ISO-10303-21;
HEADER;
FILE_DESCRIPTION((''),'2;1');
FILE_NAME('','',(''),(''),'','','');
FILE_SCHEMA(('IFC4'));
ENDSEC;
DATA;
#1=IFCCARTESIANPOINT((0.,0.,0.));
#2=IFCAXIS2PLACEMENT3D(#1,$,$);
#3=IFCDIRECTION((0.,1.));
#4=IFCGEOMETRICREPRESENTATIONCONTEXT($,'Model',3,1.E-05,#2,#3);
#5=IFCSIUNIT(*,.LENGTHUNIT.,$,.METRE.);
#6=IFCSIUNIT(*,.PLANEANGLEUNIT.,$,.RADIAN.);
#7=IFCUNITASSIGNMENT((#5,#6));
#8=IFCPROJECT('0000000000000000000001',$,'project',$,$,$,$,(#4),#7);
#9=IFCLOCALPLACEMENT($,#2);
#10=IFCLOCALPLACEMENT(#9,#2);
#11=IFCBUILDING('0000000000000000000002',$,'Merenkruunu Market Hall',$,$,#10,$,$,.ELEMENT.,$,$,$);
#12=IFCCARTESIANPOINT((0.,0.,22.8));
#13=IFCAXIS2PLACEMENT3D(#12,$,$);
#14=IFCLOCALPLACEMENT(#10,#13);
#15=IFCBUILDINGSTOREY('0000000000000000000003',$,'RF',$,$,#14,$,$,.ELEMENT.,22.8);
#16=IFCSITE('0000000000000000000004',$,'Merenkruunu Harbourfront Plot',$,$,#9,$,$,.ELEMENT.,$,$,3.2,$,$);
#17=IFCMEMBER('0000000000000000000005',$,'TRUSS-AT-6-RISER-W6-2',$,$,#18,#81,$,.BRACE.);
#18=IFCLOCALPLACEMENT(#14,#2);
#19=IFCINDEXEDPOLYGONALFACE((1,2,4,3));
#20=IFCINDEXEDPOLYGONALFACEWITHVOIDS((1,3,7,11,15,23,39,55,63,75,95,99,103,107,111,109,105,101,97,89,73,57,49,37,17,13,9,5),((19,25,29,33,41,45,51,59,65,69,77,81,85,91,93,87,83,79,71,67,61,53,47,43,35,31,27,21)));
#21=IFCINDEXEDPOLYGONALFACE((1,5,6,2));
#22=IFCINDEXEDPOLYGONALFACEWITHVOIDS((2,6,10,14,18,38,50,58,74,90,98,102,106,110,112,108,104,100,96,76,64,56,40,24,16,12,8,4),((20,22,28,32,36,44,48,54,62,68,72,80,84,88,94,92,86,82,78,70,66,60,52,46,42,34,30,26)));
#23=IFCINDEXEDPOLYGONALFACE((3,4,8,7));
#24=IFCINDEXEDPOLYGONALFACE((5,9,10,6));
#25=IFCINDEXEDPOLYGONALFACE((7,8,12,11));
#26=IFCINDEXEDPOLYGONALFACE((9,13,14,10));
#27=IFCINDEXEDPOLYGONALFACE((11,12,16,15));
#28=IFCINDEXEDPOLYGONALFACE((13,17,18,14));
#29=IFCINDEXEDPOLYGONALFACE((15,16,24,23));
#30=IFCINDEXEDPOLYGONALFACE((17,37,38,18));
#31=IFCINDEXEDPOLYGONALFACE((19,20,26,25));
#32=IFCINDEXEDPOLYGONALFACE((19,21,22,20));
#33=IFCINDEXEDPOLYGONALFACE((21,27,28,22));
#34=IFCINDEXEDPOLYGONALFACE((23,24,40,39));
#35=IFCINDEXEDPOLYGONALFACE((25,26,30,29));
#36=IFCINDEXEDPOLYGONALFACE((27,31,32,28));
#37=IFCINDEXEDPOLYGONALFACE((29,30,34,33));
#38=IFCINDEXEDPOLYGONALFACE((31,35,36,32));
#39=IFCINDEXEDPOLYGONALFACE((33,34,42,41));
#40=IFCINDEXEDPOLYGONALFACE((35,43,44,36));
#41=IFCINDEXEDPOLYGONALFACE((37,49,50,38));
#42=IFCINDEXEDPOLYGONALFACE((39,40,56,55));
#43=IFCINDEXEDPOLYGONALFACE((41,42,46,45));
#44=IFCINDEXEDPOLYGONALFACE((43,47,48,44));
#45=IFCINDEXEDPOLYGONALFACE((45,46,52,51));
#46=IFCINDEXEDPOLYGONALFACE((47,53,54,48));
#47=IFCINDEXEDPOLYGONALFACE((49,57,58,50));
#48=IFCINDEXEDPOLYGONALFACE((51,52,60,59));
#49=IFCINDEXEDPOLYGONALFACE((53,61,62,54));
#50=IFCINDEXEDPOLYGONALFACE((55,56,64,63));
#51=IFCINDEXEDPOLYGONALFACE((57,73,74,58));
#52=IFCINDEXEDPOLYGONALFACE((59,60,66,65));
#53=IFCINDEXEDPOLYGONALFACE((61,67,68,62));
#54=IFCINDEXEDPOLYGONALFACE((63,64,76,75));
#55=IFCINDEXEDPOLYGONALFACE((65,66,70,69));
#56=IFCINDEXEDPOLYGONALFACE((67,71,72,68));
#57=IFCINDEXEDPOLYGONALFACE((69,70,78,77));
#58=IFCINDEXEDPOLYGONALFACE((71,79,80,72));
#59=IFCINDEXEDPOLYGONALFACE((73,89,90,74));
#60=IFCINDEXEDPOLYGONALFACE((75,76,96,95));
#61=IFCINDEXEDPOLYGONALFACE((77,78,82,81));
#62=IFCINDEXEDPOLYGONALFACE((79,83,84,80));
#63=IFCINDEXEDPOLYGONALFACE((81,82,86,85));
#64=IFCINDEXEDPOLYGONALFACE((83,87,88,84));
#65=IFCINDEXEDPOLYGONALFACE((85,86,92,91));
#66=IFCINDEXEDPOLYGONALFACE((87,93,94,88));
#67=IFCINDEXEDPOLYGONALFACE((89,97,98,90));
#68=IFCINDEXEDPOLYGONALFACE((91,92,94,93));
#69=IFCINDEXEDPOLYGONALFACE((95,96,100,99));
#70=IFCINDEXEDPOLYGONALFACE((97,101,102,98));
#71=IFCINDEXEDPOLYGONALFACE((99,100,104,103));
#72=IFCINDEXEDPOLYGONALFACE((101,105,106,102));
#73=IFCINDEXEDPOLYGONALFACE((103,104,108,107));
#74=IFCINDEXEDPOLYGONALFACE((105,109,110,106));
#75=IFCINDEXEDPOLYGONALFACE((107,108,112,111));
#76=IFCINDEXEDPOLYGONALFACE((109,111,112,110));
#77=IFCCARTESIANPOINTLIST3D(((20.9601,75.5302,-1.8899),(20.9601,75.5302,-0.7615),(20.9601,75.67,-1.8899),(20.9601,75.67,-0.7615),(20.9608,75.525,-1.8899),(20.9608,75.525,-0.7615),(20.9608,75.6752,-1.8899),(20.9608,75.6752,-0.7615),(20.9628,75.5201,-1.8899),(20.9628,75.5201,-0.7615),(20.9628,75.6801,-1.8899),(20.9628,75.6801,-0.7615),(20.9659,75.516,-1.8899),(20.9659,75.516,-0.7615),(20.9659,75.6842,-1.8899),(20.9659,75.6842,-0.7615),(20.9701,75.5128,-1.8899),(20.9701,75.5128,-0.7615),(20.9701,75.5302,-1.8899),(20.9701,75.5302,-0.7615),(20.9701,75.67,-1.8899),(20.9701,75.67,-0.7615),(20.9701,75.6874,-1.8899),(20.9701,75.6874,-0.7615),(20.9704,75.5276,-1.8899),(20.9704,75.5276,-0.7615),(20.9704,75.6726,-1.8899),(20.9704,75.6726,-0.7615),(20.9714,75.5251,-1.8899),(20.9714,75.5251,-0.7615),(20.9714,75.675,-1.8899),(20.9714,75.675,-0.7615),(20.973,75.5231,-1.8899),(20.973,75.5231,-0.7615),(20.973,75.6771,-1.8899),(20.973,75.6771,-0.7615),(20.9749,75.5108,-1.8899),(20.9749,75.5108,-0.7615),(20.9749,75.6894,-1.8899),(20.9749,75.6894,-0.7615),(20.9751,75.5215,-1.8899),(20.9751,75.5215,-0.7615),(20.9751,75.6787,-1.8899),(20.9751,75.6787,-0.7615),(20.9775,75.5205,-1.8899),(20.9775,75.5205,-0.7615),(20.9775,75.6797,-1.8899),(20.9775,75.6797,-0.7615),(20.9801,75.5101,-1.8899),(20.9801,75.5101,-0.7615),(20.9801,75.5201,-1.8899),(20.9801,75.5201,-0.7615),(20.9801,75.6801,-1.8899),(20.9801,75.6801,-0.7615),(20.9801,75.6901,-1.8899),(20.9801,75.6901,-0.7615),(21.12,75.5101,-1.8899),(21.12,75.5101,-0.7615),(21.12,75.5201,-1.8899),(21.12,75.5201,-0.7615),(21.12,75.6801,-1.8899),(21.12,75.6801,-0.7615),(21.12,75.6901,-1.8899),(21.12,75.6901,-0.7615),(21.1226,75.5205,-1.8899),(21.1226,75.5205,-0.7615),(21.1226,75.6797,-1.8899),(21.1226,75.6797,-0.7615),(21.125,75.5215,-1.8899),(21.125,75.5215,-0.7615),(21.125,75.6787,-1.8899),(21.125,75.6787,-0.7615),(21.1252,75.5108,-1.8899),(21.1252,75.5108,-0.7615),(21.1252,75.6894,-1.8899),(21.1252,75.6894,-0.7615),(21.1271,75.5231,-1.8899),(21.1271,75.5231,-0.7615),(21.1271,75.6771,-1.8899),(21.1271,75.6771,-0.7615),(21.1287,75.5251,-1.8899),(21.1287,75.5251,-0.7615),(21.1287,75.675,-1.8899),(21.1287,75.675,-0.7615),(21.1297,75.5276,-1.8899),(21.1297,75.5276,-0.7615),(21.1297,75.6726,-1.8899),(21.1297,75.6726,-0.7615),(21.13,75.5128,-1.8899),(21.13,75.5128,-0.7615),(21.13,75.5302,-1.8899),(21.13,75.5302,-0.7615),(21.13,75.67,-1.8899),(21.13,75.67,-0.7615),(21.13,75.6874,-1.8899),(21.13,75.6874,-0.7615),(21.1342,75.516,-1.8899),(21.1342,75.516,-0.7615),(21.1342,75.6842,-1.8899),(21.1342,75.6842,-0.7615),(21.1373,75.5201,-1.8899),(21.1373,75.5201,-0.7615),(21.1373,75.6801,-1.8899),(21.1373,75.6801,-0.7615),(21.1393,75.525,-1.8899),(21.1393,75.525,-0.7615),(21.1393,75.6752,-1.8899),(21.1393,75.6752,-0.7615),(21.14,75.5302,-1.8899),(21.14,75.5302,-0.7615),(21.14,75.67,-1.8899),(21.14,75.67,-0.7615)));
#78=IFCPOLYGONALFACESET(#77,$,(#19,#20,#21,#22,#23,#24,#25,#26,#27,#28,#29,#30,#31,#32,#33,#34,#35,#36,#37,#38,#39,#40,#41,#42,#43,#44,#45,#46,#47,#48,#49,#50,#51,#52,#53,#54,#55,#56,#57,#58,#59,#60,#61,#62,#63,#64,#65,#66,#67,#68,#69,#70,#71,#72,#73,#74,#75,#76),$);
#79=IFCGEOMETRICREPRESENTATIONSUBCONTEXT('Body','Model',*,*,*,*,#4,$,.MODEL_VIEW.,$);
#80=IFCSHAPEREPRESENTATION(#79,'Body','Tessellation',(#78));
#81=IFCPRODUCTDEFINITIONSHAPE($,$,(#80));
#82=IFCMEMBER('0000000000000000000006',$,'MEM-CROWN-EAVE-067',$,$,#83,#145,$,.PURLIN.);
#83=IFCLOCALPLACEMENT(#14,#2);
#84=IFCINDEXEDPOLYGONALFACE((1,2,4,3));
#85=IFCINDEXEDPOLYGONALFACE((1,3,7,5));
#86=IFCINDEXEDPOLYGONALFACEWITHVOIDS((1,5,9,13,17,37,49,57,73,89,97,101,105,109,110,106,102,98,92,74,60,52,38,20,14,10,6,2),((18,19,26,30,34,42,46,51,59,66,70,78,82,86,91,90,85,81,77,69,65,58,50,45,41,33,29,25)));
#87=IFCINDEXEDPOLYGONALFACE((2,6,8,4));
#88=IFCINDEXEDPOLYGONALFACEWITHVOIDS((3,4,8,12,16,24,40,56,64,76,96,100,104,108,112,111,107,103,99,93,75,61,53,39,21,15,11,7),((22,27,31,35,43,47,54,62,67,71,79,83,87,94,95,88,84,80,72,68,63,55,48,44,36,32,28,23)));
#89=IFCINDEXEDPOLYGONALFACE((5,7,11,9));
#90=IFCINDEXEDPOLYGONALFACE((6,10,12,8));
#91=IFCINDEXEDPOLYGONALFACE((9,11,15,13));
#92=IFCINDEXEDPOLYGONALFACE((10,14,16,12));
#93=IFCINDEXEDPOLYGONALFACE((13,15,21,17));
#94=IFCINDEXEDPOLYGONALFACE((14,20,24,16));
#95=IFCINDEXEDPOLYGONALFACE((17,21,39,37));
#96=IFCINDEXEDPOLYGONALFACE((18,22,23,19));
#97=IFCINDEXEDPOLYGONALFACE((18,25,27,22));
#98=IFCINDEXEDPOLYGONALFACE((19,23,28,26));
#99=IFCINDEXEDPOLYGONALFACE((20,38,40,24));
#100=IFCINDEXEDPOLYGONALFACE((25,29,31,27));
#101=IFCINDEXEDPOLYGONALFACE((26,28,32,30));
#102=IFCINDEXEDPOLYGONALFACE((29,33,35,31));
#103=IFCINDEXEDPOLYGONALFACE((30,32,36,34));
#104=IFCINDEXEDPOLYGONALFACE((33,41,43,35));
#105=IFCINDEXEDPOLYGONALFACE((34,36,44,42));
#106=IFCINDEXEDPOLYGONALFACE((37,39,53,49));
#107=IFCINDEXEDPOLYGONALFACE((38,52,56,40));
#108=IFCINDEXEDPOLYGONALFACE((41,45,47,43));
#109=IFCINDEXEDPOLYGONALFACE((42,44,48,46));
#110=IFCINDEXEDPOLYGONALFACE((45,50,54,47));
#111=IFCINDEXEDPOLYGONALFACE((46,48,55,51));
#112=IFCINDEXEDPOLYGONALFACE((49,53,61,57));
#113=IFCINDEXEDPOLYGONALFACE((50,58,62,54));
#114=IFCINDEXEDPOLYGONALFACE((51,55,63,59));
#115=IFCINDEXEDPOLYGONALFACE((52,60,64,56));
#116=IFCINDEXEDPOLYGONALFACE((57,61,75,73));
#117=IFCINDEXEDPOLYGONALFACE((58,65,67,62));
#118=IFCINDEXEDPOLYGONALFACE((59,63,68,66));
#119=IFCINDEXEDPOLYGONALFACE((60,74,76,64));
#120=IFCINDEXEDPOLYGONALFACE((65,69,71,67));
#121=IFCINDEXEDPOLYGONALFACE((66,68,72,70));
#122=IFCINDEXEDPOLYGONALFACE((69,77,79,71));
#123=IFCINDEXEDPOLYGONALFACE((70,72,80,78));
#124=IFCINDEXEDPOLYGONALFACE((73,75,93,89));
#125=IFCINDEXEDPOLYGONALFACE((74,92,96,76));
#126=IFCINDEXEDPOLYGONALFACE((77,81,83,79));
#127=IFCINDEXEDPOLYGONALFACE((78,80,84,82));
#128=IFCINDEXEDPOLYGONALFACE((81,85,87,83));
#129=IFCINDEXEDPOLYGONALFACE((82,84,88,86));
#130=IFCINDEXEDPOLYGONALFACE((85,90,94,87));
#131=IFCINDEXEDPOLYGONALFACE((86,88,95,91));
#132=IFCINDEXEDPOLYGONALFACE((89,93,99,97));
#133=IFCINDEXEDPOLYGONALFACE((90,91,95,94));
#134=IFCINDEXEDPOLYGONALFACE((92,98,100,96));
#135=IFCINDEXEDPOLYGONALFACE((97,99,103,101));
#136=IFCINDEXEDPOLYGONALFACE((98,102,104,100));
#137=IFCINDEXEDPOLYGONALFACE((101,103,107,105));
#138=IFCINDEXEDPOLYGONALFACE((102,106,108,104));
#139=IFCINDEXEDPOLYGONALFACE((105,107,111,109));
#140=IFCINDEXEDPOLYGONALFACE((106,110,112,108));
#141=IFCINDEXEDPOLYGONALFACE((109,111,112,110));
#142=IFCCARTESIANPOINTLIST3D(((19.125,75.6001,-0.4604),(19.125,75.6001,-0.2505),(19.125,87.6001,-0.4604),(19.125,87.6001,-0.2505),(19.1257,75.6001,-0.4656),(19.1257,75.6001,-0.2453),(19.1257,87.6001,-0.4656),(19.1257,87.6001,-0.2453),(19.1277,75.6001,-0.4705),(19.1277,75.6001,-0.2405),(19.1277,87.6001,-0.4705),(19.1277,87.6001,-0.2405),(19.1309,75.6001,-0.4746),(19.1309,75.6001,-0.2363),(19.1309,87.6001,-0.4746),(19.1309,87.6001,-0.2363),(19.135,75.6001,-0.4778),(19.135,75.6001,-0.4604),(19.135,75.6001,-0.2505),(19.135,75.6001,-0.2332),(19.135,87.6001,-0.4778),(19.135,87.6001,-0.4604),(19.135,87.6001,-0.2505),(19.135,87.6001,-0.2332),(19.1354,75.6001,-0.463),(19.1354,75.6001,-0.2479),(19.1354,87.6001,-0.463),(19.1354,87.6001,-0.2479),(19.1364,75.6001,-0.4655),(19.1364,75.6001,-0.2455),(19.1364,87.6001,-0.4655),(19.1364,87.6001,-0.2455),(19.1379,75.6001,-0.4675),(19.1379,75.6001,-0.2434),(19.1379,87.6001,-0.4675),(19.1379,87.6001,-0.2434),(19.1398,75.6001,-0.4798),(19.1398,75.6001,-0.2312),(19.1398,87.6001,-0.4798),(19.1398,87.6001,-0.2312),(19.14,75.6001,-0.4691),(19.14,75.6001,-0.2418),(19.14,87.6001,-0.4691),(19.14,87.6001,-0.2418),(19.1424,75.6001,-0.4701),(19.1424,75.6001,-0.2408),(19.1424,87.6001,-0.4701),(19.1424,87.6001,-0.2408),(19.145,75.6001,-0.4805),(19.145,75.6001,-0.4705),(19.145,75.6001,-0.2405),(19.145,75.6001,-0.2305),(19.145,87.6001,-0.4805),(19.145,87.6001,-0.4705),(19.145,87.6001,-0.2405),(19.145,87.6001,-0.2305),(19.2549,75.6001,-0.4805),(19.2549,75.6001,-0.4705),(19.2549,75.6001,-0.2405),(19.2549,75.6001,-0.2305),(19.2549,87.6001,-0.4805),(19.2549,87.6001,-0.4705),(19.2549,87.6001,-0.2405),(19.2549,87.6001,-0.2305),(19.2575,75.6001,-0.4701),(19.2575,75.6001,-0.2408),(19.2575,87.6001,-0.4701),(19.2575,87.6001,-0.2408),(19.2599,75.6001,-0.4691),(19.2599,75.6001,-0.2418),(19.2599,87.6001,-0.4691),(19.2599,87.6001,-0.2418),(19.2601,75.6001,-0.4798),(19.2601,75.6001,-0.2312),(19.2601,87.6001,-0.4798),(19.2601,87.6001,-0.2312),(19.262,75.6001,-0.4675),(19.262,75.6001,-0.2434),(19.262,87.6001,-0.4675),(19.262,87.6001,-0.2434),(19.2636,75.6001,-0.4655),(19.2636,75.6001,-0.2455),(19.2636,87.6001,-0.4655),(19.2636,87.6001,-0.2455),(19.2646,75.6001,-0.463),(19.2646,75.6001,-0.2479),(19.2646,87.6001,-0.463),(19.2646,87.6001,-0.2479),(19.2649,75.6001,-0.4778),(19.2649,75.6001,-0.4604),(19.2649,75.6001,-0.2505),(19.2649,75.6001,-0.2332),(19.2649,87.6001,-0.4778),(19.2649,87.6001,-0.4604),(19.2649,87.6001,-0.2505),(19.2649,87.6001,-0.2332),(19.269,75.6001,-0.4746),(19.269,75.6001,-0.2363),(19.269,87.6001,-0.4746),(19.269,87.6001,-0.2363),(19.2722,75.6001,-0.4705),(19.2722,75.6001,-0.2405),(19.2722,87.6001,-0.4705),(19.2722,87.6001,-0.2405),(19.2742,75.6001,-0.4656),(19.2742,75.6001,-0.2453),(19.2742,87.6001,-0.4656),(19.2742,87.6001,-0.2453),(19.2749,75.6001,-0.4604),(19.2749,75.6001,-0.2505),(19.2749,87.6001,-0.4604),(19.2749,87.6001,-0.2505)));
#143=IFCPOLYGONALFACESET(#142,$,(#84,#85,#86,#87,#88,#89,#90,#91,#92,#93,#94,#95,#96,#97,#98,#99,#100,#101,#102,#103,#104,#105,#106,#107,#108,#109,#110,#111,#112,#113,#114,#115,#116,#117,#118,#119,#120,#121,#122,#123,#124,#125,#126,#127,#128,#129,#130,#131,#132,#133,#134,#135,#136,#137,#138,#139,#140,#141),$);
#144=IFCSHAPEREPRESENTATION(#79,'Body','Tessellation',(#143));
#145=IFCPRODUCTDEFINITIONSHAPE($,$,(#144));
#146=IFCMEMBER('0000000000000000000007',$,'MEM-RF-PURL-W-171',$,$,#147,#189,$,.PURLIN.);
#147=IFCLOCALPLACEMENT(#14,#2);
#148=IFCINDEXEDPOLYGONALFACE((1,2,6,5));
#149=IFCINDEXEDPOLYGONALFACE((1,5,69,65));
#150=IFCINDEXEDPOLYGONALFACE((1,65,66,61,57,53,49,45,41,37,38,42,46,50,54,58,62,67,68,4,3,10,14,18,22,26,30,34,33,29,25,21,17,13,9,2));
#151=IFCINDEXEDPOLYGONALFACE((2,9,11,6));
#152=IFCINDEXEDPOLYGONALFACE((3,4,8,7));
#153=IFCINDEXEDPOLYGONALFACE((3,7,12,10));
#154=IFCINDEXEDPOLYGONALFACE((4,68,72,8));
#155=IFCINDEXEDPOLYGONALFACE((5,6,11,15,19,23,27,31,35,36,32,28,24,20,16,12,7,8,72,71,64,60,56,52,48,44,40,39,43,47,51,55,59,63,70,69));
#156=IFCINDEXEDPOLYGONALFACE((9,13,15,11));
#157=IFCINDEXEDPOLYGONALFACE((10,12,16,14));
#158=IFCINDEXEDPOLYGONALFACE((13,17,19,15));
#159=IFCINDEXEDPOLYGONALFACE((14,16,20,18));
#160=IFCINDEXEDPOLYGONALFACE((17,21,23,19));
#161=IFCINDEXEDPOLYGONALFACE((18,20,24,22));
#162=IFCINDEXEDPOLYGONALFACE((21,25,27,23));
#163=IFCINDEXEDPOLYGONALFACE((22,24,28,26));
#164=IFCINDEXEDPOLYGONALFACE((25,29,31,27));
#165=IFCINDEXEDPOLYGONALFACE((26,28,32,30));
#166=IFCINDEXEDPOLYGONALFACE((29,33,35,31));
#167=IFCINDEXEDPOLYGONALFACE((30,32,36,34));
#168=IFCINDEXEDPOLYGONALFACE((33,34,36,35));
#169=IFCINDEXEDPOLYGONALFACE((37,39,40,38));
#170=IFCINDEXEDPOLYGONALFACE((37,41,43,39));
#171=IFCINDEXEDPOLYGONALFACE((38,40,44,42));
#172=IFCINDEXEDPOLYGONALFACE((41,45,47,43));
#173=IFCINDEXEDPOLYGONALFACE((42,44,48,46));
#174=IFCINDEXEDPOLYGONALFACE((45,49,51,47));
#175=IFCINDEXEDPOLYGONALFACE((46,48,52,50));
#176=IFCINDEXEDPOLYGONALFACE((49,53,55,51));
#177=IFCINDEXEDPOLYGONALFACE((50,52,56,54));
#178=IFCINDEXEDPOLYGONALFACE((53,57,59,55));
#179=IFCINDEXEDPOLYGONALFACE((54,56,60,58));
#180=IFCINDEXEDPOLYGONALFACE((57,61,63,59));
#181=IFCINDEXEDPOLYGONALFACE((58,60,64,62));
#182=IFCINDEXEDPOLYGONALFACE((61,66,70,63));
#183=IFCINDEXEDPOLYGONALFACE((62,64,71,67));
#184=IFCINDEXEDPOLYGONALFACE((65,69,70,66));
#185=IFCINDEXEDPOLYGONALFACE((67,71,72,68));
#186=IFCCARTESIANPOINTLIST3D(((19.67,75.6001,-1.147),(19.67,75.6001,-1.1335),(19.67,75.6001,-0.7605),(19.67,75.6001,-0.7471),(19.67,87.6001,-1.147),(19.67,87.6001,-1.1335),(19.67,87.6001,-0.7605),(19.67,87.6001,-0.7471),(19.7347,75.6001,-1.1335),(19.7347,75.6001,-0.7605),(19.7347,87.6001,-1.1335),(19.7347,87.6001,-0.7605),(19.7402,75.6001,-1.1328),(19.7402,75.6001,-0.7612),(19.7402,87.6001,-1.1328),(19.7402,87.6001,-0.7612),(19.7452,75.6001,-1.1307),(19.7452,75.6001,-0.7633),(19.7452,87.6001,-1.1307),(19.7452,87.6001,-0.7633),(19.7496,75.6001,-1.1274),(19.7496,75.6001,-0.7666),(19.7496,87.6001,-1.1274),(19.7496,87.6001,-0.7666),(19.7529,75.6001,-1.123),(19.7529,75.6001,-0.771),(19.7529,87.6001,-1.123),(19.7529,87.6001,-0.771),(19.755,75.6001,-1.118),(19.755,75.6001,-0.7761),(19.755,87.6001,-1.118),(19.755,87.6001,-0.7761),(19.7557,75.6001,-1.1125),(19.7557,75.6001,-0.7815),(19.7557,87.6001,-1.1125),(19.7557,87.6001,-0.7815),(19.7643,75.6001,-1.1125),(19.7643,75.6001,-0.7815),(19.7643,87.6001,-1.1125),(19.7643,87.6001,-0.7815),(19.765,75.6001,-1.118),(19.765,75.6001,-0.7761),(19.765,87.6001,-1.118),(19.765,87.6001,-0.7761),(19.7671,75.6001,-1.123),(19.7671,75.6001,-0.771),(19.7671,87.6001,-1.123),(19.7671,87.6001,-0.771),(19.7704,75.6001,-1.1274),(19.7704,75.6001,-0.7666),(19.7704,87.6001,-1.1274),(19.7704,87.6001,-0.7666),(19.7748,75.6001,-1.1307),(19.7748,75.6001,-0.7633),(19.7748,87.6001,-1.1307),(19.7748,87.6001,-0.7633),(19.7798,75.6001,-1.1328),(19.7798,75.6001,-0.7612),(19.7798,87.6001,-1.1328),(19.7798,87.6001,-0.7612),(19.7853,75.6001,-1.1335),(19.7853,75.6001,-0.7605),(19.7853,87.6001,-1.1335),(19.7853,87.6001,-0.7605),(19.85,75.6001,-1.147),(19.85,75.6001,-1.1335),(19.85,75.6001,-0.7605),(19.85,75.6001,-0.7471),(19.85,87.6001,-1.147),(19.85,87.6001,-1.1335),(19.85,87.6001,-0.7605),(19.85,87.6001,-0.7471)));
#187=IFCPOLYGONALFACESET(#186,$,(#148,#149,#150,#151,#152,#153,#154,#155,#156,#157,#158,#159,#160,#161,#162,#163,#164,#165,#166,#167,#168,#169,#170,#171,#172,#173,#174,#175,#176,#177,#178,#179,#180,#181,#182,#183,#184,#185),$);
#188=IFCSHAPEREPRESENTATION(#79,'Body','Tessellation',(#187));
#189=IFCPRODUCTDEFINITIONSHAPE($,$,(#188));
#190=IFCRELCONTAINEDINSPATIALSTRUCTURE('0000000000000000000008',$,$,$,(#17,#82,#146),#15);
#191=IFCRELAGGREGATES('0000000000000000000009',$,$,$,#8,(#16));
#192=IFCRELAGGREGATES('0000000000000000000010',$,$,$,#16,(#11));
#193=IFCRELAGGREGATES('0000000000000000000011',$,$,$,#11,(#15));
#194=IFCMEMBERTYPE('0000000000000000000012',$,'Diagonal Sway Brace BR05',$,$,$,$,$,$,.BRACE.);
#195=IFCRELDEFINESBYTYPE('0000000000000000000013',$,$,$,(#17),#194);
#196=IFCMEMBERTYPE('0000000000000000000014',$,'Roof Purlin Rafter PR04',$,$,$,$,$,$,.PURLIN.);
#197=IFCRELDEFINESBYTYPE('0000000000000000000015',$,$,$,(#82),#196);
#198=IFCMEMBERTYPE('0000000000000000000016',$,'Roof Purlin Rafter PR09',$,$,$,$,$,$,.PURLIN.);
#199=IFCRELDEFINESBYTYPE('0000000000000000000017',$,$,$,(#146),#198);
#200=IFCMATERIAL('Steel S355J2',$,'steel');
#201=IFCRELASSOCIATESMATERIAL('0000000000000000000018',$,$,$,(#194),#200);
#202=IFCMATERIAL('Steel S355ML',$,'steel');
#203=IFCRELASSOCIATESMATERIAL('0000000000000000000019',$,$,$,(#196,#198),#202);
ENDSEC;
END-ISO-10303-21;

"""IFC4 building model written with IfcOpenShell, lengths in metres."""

from ifc_helpers import new_model, si_unit, direction, frame, origin, origin_2d, place, context, subcontext, project, spatial, hollow_rectangle, i_section, extrude, material, material_profile, profile_set, type_object, element, save


model = new_model("IFC4")

# Units and contexts
model_context = context("Model", 3, precision=1e-05, world=origin(), true_north=direction((0.0, 1.0)))
body_context = subcontext(model_context, "Body", "Model", "MODEL_VIEW")
ifc_project = project(units=[si_unit("LENGTHUNIT", "METRE"), si_unit("PLANEANGLEUNIT", "RADIAN")], contexts=[model_context])

# Site, building, storey
site_placement = place(None, origin())
site = spatial("IfcSite", under=ifc_project, at=site_placement, Name="Merenkruunu Harbourfront Plot", CompositionType="ELEMENT", RefElevation=3.2)
building_placement = place(site_placement, origin())
building = spatial("IfcBuilding", under=site, at=building_placement, Name="Merenkruunu Market Hall", CompositionType="ELEMENT")
storey_placement = place(building_placement, frame((0.0, 0.0, 22.8)))
storey = spatial("IfcBuildingStorey", under=building, at=storey_placement, Name="RF", CompositionType="ELEMENT", Elevation=22.8)

# Shared definitions
ifc_material_1 = material(Name="Steel S355ML", Category="steel")

# Members
ifc_material_2 = material(Name="Steel S355J2", Category="steel")
ifc_material_profile_1 = material_profile(ifc_material_2, hollow_rectangle(XDim=0.1799, YDim=0.1799, WallThickness=0.01, InnerFilletRadius=0.01, OuterFilletRadius=0.02, at=origin_2d()), Name="SHS 180x180x10")
ifc_profile_set_1 = profile_set([ifc_material_profile_1], Name="Steel S355J2")
member_type_1 = type_object("IfcMemberType", Name="Diagonal Sway Brace BR05", PredefinedType="BRACE", material=ifc_profile_set_1)
member_1_placement = place(storey_placement, frame((21.05, 75.6001, -1.8899), z_axis=(0.0, 0.0, 1.0), x_axis=(1.0, 0.0, 0.0)))
element("IfcMember", 1, at=member_1_placement, inside=storey, type_object=member_type_1, Name="TRUSS-AT-6-RISER-W6-2", PredefinedType="BRACE", context=body_context, shape_type="SweptSolid", body=[
    extrude(hollow_rectangle(XDim=0.1799, YDim=0.1799, WallThickness=0.01, InnerFilletRadius=0.01, OuterFilletRadius=0.02, at=origin_2d()), origin(), (0.0, 0.0, 1.0), 1.1284),
])
ifc_material_profile_2 = material_profile(ifc_material_1, hollow_rectangle(XDim=0.1499, YDim=0.25, WallThickness=0.01, InnerFilletRadius=0.01, OuterFilletRadius=0.02, at=origin_2d()), Name="RHS 250x150x10")
ifc_profile_set_2 = profile_set([ifc_material_profile_2], Name="Steel S355ML")
member_type_2 = type_object("IfcMemberType", Name="Roof Purlin Rafter PR04", PredefinedType="PURLIN", material=ifc_profile_set_2)
member_2_placement = place(storey_placement, frame((19.2, 75.6001, -0.3555), z_axis=(0.0, 1.0, 0.0), x_axis=(-1.0, 0.0, 0.0)))
element("IfcMember", 2, at=member_2_placement, inside=storey, type_object=member_type_2, Name="MEM-CROWN-EAVE-067", PredefinedType="PURLIN", context=body_context, shape_type="SweptSolid", body=[
    extrude(hollow_rectangle(XDim=0.1499, YDim=0.25, WallThickness=0.01, InnerFilletRadius=0.01, OuterFilletRadius=0.02, at=origin_2d()), origin(), (0.0, 0.0, 1.0), 12.0),
])
ifc_material_profile_3 = material_profile(ifc_material_1, i_section(OverallWidth=0.1799, OverallDepth=0.3999, WebThickness=0.0085, FlangeThickness=0.0134, FilletRadius=0.021, at=origin_2d()), Name="IPE 400")
ifc_profile_set_3 = profile_set([ifc_material_profile_3], Name="Steel S355ML")
member_type_3 = type_object("IfcMemberType", Name="Roof Purlin Rafter PR09", PredefinedType="PURLIN", material=ifc_profile_set_3)
member_3_placement = place(storey_placement, frame((19.76, 75.6001, -0.947), z_axis=(0.0, 1.0, 0.0), x_axis=(-1.0, 0.0, 0.0)))
element("IfcMember", 3, at=member_3_placement, inside=storey, type_object=member_type_3, Name="MEM-RF-PURL-W-171", PredefinedType="PURLIN", context=body_context, shape_type="SweptSolid", body=[
    extrude(i_section(OverallWidth=0.1799, OverallDepth=0.3999, WebThickness=0.0085, FlangeThickness=0.0134, FilletRadius=0.021, at=origin_2d()), origin(), (0.0, 0.0, 1.0), 12.0),
])

save(model, "model.ifc")
